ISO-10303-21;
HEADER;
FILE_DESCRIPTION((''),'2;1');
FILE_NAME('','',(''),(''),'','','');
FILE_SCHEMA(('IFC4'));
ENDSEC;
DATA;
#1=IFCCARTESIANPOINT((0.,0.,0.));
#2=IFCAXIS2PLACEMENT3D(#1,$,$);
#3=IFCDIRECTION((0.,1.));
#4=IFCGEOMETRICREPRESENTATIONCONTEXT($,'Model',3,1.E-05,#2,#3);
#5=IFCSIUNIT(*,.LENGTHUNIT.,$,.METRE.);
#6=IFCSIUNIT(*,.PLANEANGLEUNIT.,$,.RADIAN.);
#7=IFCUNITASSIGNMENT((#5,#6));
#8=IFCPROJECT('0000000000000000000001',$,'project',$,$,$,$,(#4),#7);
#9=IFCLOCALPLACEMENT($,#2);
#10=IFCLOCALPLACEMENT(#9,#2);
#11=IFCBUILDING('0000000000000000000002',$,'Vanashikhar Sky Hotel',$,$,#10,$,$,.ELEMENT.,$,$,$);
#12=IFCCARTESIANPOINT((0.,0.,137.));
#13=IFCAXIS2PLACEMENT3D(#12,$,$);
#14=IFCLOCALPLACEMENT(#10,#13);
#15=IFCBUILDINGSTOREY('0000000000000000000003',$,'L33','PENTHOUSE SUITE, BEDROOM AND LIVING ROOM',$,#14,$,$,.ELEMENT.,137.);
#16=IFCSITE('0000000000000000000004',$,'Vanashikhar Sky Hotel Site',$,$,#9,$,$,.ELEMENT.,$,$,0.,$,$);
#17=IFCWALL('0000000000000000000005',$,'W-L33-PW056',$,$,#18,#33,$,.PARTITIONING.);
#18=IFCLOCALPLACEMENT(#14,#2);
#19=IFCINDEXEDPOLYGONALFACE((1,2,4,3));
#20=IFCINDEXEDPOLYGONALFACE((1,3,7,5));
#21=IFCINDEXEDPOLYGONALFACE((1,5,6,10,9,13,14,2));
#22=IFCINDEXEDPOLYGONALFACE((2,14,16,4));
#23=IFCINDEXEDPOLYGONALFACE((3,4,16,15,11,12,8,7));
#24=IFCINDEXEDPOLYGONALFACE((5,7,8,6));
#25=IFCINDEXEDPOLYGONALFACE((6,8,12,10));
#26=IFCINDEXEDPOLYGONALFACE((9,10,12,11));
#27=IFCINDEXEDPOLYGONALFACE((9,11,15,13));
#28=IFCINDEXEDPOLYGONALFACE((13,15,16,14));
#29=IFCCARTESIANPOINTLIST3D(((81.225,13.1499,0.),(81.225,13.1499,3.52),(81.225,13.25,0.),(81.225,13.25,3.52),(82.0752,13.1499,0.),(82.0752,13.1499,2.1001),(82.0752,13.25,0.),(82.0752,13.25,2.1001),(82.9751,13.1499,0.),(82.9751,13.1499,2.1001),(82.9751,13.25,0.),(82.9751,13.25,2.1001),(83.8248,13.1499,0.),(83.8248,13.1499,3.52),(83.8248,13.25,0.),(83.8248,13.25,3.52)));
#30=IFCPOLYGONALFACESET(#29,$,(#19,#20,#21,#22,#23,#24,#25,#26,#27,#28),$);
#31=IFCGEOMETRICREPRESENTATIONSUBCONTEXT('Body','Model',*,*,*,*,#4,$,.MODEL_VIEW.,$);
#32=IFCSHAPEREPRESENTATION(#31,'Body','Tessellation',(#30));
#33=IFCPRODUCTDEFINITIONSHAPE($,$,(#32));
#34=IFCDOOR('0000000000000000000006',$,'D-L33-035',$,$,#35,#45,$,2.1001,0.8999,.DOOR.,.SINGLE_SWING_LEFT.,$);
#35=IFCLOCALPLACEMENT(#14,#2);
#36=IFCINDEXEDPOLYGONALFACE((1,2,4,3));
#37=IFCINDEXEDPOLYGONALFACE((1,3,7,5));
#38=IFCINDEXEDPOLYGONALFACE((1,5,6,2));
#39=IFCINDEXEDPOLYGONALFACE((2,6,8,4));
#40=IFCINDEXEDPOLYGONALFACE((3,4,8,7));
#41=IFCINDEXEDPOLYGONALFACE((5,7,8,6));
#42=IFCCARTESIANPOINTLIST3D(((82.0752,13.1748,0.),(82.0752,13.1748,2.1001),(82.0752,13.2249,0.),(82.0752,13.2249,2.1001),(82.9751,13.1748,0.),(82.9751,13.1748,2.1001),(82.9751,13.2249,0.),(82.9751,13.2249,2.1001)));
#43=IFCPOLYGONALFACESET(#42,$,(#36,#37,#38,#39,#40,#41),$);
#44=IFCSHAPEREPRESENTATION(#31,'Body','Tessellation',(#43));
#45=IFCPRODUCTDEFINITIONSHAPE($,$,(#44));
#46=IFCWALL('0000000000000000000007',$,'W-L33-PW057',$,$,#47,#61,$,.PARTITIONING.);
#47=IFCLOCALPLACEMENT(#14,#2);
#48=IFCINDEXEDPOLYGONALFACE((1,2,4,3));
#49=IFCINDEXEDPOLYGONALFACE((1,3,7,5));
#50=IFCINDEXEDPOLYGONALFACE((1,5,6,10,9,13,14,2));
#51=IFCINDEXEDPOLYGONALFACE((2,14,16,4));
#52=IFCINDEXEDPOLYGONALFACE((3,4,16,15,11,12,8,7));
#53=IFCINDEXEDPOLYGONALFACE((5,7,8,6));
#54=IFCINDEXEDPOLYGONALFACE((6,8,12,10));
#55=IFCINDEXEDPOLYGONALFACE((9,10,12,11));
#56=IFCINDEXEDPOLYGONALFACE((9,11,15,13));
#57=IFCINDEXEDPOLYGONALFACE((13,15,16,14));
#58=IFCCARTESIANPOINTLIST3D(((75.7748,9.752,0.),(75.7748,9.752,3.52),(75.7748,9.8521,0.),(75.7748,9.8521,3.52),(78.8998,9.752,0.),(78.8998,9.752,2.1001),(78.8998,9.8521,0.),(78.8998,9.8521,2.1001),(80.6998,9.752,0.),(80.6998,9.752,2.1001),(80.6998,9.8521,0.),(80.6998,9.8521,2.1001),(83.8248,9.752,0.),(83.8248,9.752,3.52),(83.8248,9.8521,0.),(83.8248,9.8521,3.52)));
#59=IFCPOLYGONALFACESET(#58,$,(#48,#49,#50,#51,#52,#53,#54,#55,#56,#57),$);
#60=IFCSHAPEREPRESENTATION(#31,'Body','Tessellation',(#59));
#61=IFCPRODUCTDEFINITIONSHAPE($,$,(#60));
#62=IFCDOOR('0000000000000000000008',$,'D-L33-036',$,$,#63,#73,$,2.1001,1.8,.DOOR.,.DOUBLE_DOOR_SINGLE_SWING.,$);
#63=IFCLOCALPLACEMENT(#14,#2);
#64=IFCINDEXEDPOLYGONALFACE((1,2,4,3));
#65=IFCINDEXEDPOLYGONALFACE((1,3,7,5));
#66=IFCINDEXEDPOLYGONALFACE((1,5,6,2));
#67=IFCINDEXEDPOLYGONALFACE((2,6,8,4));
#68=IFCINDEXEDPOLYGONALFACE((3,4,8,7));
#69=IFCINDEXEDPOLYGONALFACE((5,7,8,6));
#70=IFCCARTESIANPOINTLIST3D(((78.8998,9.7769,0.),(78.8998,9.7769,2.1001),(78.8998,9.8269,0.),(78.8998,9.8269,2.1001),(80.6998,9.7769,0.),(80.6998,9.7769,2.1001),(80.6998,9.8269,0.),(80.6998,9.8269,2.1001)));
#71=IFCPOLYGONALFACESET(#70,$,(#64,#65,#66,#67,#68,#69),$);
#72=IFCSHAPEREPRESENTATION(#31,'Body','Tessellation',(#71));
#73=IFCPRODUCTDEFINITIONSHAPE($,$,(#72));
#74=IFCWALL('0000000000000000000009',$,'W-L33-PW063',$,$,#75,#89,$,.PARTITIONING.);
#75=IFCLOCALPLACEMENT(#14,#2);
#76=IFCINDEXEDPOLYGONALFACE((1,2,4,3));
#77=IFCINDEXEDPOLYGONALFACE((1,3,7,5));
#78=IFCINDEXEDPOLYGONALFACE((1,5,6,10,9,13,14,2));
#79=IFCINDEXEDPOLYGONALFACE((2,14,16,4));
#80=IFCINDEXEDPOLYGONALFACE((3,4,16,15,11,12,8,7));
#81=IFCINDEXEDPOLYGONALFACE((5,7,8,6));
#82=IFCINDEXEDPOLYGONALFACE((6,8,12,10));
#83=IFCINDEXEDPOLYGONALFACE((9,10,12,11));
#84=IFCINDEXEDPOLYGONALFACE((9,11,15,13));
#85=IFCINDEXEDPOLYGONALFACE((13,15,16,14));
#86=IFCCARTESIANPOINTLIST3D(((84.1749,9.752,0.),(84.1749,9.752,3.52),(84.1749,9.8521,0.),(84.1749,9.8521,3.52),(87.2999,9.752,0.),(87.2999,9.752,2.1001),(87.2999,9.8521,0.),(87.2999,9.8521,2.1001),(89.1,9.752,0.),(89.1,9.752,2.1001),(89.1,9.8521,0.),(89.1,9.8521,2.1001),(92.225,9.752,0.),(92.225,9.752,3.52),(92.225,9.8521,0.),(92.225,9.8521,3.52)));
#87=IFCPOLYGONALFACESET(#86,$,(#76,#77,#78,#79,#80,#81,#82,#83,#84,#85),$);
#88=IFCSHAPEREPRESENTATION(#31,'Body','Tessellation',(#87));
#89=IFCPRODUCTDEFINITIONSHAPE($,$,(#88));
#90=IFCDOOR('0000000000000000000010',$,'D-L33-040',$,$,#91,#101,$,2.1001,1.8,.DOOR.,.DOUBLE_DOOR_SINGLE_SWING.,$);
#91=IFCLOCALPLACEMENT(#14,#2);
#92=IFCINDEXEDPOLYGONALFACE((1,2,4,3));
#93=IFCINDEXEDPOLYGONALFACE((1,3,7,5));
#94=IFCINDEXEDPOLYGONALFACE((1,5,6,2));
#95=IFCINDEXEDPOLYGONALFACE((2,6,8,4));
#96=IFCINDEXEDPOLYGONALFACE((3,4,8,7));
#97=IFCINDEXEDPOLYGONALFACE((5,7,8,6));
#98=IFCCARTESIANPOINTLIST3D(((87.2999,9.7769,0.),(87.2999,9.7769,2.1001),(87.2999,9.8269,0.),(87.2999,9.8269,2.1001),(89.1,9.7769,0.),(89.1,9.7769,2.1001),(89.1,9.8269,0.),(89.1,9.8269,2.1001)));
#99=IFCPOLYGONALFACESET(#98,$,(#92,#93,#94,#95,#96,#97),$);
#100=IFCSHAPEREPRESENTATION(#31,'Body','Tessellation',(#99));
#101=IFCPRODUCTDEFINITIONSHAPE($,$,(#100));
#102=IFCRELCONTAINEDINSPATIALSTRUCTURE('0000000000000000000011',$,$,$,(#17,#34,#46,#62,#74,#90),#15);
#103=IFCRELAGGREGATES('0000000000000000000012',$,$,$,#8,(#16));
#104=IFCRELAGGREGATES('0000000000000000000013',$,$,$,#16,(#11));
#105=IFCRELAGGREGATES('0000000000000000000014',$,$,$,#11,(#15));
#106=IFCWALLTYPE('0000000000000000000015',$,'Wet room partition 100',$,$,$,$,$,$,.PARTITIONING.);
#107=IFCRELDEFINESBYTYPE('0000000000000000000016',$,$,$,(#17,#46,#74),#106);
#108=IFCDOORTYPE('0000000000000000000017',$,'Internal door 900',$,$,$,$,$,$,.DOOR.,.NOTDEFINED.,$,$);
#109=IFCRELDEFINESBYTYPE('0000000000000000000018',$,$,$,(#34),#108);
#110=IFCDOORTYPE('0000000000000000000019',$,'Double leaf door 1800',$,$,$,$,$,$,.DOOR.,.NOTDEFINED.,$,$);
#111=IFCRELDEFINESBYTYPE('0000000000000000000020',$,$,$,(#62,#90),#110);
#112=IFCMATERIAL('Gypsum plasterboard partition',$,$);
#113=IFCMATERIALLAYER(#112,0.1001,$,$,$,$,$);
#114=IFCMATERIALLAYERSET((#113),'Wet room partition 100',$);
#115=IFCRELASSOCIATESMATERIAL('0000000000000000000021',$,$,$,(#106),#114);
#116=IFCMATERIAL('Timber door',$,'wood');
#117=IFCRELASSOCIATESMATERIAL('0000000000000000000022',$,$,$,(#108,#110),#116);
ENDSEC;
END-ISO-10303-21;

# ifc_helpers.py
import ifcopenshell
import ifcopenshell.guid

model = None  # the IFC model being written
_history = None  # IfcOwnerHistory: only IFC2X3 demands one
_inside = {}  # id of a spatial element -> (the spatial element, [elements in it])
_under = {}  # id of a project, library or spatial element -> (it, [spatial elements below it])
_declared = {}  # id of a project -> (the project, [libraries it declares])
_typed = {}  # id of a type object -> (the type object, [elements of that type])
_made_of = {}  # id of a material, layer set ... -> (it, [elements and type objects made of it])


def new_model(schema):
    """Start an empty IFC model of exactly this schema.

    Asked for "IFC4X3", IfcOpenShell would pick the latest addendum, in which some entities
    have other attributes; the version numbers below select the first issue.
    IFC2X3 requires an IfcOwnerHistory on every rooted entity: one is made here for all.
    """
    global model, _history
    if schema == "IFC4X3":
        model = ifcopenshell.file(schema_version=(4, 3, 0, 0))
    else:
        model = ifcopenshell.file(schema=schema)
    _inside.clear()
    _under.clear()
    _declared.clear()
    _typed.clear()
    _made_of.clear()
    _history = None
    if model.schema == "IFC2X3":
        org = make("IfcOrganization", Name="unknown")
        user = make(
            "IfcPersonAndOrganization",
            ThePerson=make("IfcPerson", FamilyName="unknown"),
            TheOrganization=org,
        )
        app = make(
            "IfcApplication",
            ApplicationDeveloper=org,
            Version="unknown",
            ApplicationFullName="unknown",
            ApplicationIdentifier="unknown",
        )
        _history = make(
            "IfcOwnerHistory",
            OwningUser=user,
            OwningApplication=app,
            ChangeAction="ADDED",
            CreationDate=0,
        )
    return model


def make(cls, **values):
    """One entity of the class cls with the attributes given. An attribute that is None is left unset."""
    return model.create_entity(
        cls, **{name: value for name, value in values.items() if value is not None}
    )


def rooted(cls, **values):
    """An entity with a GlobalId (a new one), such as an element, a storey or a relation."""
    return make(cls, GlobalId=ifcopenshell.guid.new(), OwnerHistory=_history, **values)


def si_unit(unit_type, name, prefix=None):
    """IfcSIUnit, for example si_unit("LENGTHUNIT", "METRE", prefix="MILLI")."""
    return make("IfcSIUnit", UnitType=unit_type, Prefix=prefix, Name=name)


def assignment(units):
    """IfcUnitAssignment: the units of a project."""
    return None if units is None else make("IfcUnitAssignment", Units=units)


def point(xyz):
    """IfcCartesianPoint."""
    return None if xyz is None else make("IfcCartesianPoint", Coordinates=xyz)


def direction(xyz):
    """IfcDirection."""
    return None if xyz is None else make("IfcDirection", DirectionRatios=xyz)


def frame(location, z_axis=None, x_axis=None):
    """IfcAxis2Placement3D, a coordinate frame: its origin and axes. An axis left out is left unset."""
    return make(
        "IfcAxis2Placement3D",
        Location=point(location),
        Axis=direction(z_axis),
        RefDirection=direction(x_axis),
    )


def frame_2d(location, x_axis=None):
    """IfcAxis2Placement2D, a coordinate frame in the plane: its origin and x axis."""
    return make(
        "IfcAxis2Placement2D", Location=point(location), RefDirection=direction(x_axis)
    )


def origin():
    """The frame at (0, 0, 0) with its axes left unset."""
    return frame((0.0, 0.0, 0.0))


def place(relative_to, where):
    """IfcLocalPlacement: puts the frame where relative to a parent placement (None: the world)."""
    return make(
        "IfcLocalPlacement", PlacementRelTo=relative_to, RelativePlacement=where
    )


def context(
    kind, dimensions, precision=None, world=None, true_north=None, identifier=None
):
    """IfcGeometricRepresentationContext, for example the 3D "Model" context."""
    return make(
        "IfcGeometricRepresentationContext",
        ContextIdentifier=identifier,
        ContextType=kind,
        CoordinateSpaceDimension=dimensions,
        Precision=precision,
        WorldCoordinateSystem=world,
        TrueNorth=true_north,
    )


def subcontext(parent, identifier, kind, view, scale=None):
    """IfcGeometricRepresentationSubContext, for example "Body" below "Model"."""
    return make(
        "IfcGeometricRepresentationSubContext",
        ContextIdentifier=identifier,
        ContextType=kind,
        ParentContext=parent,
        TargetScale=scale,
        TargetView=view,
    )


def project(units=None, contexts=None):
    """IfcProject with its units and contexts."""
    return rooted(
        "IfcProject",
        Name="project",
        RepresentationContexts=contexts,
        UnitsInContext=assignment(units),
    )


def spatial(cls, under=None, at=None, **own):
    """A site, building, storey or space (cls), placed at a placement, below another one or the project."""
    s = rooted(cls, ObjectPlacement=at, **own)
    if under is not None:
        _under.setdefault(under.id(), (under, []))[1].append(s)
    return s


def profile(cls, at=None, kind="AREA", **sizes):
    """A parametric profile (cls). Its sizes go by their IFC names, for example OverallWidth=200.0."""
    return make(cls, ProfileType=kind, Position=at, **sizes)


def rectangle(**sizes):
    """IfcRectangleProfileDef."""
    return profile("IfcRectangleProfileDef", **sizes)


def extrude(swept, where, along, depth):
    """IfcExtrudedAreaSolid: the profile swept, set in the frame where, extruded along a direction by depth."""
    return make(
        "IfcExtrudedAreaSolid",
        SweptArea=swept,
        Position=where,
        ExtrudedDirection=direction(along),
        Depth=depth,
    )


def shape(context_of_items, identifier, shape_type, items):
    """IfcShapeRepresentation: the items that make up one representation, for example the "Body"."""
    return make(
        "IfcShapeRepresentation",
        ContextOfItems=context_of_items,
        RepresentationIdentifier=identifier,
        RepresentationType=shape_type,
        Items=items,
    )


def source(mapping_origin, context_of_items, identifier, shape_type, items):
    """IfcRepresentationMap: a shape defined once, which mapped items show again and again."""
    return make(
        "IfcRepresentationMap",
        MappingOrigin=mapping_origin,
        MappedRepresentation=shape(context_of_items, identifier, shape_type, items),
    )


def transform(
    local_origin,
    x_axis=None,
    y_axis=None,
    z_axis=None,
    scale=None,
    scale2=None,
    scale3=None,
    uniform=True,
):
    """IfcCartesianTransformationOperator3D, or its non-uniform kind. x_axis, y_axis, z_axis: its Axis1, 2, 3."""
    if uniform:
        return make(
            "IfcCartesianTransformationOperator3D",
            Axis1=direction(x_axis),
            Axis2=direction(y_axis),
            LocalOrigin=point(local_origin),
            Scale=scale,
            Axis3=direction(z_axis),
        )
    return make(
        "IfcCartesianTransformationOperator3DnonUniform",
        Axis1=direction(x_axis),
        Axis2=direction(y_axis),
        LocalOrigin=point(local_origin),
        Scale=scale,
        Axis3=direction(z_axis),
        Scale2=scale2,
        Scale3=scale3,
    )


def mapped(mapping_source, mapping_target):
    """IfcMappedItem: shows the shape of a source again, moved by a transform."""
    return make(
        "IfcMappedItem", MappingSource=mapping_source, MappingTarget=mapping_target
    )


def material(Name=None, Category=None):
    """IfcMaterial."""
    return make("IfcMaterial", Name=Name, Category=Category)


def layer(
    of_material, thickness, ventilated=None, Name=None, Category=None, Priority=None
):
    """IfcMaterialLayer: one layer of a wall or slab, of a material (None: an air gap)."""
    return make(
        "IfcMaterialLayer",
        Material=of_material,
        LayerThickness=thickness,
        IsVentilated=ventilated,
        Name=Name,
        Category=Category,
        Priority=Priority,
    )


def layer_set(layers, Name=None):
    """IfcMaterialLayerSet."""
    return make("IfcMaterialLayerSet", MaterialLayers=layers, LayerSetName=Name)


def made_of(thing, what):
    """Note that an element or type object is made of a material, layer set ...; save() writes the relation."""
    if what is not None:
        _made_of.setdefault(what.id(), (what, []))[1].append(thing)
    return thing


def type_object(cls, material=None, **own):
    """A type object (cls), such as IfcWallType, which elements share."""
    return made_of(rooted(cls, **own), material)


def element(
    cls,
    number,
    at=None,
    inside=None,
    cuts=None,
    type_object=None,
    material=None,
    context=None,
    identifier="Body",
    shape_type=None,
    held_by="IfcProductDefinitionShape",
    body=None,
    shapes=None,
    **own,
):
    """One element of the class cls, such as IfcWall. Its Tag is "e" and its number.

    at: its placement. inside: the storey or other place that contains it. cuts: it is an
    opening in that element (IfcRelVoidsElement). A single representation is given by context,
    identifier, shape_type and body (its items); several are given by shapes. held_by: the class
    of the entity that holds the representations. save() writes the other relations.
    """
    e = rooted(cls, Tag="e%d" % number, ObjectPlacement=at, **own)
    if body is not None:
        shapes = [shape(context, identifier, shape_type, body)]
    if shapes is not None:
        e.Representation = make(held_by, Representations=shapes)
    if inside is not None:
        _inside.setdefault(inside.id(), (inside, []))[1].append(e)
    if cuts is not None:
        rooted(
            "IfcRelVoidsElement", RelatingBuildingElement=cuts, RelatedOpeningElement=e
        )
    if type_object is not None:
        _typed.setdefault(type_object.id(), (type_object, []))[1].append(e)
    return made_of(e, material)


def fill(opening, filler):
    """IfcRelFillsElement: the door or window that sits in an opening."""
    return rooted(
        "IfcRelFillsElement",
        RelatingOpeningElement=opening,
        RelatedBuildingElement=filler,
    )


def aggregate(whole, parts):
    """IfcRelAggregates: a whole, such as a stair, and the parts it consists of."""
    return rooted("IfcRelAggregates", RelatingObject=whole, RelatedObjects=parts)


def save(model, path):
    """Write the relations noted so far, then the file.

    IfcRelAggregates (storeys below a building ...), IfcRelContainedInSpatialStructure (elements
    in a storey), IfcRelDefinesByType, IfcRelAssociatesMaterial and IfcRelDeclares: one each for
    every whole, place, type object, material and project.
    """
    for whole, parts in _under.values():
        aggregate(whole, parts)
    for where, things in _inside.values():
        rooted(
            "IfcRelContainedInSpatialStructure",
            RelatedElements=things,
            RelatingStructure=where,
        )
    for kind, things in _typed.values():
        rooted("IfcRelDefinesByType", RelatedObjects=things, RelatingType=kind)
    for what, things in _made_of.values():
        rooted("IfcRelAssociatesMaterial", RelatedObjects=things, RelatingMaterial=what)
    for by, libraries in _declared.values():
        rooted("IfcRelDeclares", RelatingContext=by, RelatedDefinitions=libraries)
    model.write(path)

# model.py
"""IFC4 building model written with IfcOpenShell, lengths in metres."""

from ifc_helpers import new_model, si_unit, direction, frame, frame_2d, origin, place, context, subcontext, project, spatial, rectangle, extrude, source, transform, mapped, material, layer, layer_set, type_object, element, fill, save


model = new_model("IFC4")

# Units and contexts
model_context = context("Model", 3, precision=1e-05, world=origin(), true_north=direction((0.0, 1.0)))
body_context = subcontext(model_context, "Body", "Model", "MODEL_VIEW")
ifc_project = project(units=[si_unit("LENGTHUNIT", "METRE"), si_unit("PLANEANGLEUNIT", "RADIAN")], contexts=[model_context])

# Site, building, storey
site_placement = place(None, origin())
site = spatial("IfcSite", under=ifc_project, at=site_placement, Name="Vanashikhar Sky Hotel Site", CompositionType="ELEMENT", RefElevation=0.0)
building_placement = place(site_placement, origin())
building = spatial("IfcBuilding", under=site, at=building_placement, Name="Vanashikhar Sky Hotel", CompositionType="ELEMENT")
storey_placement = place(building_placement, frame((0.0, 0.0, 137.0)))
storey = spatial("IfcBuildingStorey", under=building, at=storey_placement, Name="L33", Description="PENTHOUSE SUITE, BEDROOM AND LIVING ROOM", CompositionType="ELEMENT", Elevation=137.0)

# Shared definitions
ifc_material_1 = material(Name="Gypsum plasterboard partition")
ifc_layer_1 = layer(ifc_material_1, 0.1001)
ifc_layer_set_1 = layer_set([ifc_layer_1], Name="Wet room partition 100")
wall_type_1 = type_object("IfcWallType", Name="Wet room partition 100", PredefinedType="PARTITIONING", material=ifc_layer_set_1)
shared_shape_1 = source(origin(), body_context, "Body", "SweptSolid", [
    extrude(rectangle(XDim=0.8999, YDim=2.1001, at=frame_2d((0.45, 1.05))), frame((0.0, 0.0601, 0.0), z_axis=(0.0, -1.0, 0.0), x_axis=(1.0, 0.0, 0.0)), (0.0, 0.0, 1.0), 0.1201),
])
ifc_material_2 = material(Name="Timber door", Category="wood")
door_type_1 = type_object("IfcDoorType", Name="Internal door 900", OperationType="NOTDEFINED", PredefinedType="DOOR", material=ifc_material_2)
shared_shape_2 = source(origin(), body_context, "Body", "SweptSolid", [
    extrude(rectangle(XDim=0.8999, YDim=2.1001, at=frame_2d((0.45, 1.05))), frame((0.0, 0.0249, 0.0), z_axis=(0.0, -1.0, 0.0), x_axis=(1.0, 0.0, 0.0)), (0.0, 0.0, 1.0), 0.05),
])

# Walls, openings, doors
shared_shape_3 = source(origin(), body_context, "Body", "SweptSolid", [
    extrude(rectangle(XDim=2.5999, YDim=0.1001, at=frame_2d((1.2998, 0.0))), origin(), (0.0, 0.0, 1.0), 3.52),
])
wall_1_placement = place(storey_placement, frame((81.2251, 13.2, 0.0), z_axis=(0.0, 0.0, 1.0), x_axis=(1.0, 0.0, 0.0)))
wall_1 = element("IfcWall", 1, at=wall_1_placement, inside=storey, type_object=wall_type_1, Name="W-L33-PW056", PredefinedType="PARTITIONING", context=body_context, shape_type="MappedRepresentation", body=[
    mapped(shared_shape_3, transform((0.0, 0.0, 0.0), scale=1.0)),
])
opening_1_placement = place(wall_1_placement, frame((0.8501, 0.0, 0.0)))
opening_1 = element("IfcOpeningElement", 2, at=opening_1_placement, cuts=wall_1, PredefinedType="OPENING", context=body_context, shape_type="MappedRepresentation", body=[
    mapped(shared_shape_1, transform((0.0, 0.0, 0.0), scale=1.0)),
])
door_1_placement = place(opening_1_placement, origin())
door_1 = element("IfcDoor", 3, at=door_1_placement, inside=storey, type_object=door_type_1, Name="D-L33-035", OperationType="SINGLE_SWING_LEFT", OverallHeight=2.1001, OverallWidth=0.8999, PredefinedType="DOOR", context=body_context, shape_type="MappedRepresentation", body=[
    mapped(shared_shape_2, transform((0.0, 0.0, 0.0), scale=1.0)),
])
fill(opening_1, door_1)
shared_shape_4 = source(origin(), body_context, "Body", "SweptSolid", [
    extrude(rectangle(XDim=8.05, YDim=0.1001, at=frame_2d((4.0249, 0.0))), origin(), (0.0, 0.0, 1.0), 3.52),
])
wall_2_placement = place(storey_placement, frame((75.7749, 9.802, 0.0), z_axis=(0.0, 0.0, 1.0), x_axis=(1.0, 0.0, 0.0)))
wall_2 = element("IfcWall", 4, at=wall_2_placement, inside=storey, type_object=wall_type_1, Name="W-L33-PW057", PredefinedType="PARTITIONING", context=body_context, shape_type="MappedRepresentation", body=[
    mapped(shared_shape_4, transform((0.0, 0.0, 0.0), scale=1.0)),
])
shared_shape_5 = source(origin(), body_context, "Body", "SweptSolid", [
    extrude(rectangle(XDim=1.8, YDim=2.1001, at=frame_2d((0.8999, 1.05))), frame((0.0, 0.0601, 0.0), z_axis=(0.0, -1.0, 0.0), x_axis=(1.0, 0.0, 0.0)), (0.0, 0.0, 1.0), 0.1201),
])
opening_2_placement = place(wall_2_placement, frame((3.125, 0.0, 0.0)))
opening_2 = element("IfcOpeningElement", 5, at=opening_2_placement, cuts=wall_2, PredefinedType="OPENING", context=body_context, shape_type="MappedRepresentation", body=[
    mapped(shared_shape_5, transform((0.0, 0.0, 0.0), scale=1.0)),
])
door_type_2 = type_object("IfcDoorType", Name="Double leaf door 1800", OperationType="NOTDEFINED", PredefinedType="DOOR", material=ifc_material_2)
shared_shape_6 = source(origin(), body_context, "Body", "SweptSolid", [
    extrude(rectangle(XDim=1.8, YDim=2.1001, at=frame_2d((0.8999, 1.05))), frame((0.0, 0.0249, 0.0), z_axis=(0.0, -1.0, 0.0), x_axis=(1.0, 0.0, 0.0)), (0.0, 0.0, 1.0), 0.05),
])
door_2_placement = place(opening_2_placement, origin())
door_2 = element("IfcDoor", 6, at=door_2_placement, inside=storey, type_object=door_type_2, Name="D-L33-036", OperationType="DOUBLE_DOOR_SINGLE_SWING", OverallHeight=2.1001, OverallWidth=1.8, PredefinedType="DOOR", context=body_context, shape_type="MappedRepresentation", body=[
    mapped(shared_shape_6, transform((0.0, 0.0, 0.0), scale=1.0)),
])
fill(opening_2, door_2)
wall_3_placement = place(storey_placement, frame((84.175, 9.802, 0.0), z_axis=(0.0, 0.0, 1.0), x_axis=(1.0, 0.0, 0.0)))
wall_3 = element("IfcWall", 7, at=wall_3_placement, inside=storey, type_object=wall_type_1, Name="W-L33-PW063", PredefinedType="PARTITIONING", context=body_context, shape_type="MappedRepresentation", body=[
    mapped(shared_shape_4, transform((0.0, 0.0, 0.0), scale=1.0)),
])
opening_3_placement = place(wall_3_placement, frame((3.125, 0.0, 0.0)))
opening_3 = element("IfcOpeningElement", 8, at=opening_3_placement, cuts=wall_3, PredefinedType="OPENING", context=body_context, shape_type="MappedRepresentation", body=[
    mapped(shared_shape_5, transform((0.0, 0.0, 0.0), scale=1.0)),
])
door_3_placement = place(opening_3_placement, origin())
door_3 = element("IfcDoor", 9, at=door_3_placement, inside=storey, type_object=door_type_2, Name="D-L33-040", OperationType="DOUBLE_DOOR_SINGLE_SWING", OverallHeight=2.1001, OverallWidth=1.8, PredefinedType="DOOR", context=body_context, shape_type="MappedRepresentation", body=[
    mapped(shared_shape_6, transform((0.0, 0.0, 0.0), scale=1.0)),
])
fill(opening_3, door_3)

save(model, "model.ifc")
